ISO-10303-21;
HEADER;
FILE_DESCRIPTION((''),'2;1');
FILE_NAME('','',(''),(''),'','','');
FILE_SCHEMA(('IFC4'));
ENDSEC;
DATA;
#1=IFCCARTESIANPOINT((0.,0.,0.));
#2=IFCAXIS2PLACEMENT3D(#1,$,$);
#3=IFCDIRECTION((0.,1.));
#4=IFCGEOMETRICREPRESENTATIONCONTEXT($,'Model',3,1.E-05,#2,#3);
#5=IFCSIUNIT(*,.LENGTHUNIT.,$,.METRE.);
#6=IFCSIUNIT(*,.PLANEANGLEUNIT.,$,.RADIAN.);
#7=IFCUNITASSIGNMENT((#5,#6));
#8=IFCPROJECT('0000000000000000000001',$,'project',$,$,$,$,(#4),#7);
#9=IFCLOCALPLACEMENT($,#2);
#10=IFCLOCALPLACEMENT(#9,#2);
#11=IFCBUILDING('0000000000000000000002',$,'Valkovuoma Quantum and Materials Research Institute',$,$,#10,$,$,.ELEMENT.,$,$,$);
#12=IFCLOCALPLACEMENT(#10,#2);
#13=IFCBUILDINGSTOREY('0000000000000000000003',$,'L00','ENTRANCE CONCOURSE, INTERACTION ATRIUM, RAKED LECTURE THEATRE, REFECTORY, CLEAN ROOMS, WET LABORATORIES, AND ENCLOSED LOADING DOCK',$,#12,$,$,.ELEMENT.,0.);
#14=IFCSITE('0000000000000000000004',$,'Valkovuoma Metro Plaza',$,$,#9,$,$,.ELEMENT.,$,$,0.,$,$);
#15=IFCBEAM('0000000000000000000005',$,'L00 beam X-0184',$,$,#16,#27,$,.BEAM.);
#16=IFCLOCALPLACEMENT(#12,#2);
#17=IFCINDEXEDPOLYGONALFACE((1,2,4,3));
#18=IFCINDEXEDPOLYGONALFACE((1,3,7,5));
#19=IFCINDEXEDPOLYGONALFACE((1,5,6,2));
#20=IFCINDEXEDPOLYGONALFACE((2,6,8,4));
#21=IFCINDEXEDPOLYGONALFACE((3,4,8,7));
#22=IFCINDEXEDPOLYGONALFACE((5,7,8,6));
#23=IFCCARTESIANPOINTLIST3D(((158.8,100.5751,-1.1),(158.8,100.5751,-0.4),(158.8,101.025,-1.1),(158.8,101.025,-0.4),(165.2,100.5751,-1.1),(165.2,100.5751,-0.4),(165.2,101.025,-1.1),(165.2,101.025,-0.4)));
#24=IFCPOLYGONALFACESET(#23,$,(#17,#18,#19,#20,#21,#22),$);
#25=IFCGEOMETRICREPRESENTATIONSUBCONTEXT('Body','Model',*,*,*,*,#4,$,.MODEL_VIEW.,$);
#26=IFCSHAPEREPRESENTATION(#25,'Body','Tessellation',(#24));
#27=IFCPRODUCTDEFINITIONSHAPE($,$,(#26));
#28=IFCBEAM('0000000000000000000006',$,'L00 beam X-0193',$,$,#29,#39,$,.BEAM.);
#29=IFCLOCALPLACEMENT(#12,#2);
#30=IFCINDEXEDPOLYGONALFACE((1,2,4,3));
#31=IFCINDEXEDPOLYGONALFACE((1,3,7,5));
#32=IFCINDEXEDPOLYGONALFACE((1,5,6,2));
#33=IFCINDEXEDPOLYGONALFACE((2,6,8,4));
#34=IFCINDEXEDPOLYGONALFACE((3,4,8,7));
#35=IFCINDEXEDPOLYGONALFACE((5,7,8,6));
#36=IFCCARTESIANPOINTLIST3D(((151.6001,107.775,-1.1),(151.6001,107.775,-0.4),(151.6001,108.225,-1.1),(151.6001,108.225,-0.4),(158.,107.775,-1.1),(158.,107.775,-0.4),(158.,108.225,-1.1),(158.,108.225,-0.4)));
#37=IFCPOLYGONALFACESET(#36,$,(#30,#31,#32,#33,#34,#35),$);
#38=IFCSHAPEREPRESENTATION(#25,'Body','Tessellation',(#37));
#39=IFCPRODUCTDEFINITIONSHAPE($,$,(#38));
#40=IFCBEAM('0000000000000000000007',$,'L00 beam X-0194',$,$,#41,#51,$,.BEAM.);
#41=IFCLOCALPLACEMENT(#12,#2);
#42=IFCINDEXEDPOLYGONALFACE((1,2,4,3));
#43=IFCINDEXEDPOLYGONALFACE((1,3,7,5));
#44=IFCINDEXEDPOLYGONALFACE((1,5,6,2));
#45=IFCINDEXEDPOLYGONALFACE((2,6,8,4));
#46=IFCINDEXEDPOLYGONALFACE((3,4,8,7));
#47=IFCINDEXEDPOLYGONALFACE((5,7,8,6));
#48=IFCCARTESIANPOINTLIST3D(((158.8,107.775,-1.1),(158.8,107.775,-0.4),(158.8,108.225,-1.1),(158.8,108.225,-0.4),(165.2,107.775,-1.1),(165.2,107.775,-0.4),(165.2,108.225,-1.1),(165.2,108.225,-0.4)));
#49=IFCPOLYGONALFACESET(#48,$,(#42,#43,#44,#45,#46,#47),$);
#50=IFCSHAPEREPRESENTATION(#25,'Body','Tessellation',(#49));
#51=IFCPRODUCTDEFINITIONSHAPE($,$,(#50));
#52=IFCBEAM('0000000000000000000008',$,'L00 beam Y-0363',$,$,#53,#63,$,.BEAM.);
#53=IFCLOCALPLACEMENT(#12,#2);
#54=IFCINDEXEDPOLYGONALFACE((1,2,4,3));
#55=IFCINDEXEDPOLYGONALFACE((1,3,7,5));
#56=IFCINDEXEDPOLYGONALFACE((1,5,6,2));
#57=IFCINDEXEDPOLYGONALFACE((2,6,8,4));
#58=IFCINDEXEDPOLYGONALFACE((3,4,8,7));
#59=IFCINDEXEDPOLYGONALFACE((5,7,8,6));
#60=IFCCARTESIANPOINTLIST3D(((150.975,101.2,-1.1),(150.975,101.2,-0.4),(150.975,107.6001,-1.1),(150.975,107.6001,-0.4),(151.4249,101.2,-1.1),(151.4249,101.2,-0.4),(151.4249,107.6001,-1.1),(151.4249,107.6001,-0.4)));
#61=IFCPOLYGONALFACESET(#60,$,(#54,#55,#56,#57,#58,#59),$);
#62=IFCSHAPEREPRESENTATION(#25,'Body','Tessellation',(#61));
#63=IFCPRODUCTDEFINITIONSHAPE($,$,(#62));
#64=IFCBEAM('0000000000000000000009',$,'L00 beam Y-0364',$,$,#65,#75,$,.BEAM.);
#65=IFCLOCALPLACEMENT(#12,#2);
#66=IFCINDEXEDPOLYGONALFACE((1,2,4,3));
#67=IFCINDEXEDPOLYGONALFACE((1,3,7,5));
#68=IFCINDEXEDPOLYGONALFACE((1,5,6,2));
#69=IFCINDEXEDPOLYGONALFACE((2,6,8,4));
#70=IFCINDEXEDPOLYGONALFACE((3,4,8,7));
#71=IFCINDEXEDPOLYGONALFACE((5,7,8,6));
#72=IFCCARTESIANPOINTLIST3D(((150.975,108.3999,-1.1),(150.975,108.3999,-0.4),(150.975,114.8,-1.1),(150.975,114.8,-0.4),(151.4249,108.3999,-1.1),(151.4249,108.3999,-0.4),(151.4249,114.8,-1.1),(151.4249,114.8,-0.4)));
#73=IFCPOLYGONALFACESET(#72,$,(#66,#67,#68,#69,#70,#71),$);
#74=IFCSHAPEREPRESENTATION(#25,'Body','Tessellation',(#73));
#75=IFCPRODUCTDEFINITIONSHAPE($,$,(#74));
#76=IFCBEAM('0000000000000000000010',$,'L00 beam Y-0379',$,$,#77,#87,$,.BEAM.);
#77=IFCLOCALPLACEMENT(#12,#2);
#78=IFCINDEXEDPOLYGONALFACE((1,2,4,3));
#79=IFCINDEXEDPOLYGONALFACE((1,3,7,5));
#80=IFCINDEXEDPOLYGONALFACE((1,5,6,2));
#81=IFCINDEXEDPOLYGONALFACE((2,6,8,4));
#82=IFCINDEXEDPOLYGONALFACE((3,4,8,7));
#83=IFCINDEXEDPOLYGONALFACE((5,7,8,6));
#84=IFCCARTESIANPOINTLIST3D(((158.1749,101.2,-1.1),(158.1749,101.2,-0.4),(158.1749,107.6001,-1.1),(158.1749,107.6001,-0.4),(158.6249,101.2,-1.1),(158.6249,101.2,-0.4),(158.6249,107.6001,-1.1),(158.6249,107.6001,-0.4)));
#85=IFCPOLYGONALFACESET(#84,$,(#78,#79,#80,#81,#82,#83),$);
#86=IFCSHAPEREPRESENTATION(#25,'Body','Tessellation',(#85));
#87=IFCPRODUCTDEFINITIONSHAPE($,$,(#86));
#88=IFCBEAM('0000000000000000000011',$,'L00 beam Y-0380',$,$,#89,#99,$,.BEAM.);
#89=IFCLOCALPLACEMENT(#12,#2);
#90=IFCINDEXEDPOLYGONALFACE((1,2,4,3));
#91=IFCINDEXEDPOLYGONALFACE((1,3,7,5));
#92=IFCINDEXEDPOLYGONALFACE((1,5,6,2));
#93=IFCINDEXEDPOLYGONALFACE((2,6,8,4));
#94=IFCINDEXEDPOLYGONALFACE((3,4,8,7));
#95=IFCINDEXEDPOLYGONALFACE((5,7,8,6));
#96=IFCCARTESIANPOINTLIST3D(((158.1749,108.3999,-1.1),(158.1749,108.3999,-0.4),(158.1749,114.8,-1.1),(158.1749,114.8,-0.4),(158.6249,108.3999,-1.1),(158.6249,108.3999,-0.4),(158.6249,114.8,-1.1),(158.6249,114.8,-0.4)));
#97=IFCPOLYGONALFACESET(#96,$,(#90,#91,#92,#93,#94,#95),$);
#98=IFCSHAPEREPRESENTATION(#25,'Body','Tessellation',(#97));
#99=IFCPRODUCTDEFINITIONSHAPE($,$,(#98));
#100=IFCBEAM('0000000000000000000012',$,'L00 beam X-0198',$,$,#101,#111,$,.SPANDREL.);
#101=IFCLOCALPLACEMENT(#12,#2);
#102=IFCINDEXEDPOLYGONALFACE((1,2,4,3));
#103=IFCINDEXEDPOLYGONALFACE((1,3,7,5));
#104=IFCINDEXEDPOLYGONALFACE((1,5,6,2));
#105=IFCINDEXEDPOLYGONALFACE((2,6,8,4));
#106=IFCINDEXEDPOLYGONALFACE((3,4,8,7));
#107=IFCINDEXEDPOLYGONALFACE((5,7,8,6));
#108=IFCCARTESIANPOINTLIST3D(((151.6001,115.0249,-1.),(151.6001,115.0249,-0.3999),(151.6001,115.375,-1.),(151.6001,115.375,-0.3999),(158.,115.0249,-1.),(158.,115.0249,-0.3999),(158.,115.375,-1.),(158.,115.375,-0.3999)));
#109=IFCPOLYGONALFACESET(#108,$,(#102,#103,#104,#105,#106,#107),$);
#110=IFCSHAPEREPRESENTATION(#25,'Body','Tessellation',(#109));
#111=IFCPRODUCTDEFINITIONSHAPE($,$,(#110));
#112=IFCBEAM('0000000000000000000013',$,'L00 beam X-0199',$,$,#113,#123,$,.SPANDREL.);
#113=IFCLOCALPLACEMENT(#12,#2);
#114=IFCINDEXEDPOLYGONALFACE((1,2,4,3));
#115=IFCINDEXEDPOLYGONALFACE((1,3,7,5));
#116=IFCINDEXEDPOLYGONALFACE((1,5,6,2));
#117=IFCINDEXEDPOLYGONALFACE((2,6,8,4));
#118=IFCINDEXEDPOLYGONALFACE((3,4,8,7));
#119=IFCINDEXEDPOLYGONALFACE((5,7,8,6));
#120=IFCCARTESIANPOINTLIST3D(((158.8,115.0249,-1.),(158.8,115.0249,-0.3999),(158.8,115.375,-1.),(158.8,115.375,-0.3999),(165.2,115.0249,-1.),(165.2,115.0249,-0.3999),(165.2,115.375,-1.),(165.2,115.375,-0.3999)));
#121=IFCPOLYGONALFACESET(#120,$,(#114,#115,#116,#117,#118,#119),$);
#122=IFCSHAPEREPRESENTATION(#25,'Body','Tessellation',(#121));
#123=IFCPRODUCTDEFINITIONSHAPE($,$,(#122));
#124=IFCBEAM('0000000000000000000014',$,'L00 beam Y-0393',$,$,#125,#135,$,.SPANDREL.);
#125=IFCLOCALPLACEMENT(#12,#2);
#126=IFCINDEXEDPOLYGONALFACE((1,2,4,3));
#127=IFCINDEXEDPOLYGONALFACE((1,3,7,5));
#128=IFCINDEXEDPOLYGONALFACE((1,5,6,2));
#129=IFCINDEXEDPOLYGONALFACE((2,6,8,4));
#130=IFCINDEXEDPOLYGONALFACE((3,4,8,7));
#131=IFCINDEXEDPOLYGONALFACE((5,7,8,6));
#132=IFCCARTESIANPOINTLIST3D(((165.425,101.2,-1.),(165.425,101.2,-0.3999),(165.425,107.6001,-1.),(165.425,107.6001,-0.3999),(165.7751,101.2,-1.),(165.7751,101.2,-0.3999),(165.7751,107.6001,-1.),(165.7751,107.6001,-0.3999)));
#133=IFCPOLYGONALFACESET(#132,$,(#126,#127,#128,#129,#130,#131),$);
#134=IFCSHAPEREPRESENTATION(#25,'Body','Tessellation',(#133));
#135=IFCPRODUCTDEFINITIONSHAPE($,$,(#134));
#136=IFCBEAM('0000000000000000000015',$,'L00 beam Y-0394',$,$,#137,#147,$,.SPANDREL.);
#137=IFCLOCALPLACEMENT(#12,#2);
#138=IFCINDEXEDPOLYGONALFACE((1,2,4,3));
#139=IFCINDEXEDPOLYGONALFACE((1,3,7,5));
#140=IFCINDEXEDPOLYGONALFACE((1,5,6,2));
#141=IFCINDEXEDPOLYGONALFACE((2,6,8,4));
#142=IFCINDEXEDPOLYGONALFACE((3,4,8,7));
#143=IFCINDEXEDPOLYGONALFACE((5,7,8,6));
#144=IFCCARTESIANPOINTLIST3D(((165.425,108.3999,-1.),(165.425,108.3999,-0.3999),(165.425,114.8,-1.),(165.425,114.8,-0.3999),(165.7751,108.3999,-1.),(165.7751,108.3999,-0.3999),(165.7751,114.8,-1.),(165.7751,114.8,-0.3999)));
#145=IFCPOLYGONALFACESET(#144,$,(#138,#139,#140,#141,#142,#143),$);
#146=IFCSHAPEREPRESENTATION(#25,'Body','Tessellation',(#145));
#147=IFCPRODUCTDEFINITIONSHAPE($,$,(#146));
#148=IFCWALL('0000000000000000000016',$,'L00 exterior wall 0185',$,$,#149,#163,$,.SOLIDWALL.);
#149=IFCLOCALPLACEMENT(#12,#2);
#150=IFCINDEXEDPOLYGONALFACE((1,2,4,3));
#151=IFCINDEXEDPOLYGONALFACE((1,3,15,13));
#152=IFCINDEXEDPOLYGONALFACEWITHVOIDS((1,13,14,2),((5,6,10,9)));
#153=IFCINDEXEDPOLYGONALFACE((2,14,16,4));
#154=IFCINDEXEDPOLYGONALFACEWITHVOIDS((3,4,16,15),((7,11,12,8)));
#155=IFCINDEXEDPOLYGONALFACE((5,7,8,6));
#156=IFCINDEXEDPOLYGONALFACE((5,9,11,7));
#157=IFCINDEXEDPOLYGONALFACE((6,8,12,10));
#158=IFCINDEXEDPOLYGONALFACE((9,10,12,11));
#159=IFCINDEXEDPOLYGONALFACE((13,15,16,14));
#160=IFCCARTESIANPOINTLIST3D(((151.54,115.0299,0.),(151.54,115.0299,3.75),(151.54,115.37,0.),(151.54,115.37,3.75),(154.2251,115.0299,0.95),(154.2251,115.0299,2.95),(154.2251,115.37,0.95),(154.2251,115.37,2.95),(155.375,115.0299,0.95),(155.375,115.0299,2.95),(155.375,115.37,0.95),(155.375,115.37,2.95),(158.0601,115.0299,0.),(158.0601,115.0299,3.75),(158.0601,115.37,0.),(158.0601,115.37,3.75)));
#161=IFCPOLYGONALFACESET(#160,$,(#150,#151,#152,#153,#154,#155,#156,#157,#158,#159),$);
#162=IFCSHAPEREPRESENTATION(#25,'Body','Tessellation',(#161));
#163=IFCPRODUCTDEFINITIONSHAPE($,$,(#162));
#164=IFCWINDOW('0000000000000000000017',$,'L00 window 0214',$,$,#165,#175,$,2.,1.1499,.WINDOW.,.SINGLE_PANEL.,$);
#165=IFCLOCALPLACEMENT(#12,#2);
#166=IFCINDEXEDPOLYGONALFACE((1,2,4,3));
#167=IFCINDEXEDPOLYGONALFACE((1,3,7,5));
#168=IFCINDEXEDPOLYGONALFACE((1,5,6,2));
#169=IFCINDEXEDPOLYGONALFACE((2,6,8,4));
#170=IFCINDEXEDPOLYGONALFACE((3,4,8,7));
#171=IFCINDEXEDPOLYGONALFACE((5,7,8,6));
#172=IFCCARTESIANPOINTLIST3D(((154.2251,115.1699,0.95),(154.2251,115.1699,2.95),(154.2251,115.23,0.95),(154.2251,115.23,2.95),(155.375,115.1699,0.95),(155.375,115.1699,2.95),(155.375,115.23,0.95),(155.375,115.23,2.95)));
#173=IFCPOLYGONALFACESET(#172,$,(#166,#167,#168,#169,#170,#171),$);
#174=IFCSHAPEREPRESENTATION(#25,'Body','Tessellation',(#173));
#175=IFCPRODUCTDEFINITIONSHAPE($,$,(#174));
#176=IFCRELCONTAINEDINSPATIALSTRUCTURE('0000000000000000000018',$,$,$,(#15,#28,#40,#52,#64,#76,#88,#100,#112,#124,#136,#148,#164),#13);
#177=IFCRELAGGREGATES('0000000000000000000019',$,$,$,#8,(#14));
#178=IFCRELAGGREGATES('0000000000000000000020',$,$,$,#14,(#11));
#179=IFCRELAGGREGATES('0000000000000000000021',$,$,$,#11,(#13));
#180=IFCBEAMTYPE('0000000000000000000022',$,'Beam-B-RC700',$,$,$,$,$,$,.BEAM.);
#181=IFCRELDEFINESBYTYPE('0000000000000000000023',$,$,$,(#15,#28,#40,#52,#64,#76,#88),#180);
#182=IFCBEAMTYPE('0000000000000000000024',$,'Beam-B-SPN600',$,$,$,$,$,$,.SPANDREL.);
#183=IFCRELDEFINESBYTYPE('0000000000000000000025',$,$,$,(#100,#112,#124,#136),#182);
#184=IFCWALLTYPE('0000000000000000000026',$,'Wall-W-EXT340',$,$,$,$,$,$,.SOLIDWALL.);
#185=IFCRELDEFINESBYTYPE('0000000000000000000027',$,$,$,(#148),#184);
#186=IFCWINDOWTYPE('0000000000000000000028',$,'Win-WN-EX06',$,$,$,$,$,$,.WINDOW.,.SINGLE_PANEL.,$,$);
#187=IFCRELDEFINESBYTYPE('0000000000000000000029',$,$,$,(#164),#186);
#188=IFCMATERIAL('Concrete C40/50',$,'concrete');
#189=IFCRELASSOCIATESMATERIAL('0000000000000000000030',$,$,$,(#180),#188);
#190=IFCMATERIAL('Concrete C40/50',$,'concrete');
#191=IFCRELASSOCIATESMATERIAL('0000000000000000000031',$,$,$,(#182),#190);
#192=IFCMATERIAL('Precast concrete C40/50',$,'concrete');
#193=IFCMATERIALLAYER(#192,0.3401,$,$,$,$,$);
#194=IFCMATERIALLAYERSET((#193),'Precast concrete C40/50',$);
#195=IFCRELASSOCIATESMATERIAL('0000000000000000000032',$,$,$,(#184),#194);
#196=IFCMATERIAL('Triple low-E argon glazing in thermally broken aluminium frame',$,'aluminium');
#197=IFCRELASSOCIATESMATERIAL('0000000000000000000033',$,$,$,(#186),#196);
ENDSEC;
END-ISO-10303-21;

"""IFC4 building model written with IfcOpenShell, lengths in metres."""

from ifc_helpers import new_model, si_unit, direction, frame, frame_2d, origin, origin_2d, place, context, subcontext, project, spatial, rectangle, extrude, material, layer, layer_set, material_profile, profile_set, type_object, element, fill, save


model = new_model("IFC4")

# Units and contexts
model_context = context("Model", 3, precision=1e-05, world=origin(), true_north=direction((0.0, 1.0)))
body_context = subcontext(model_context, "Body", "Model", "MODEL_VIEW")
ifc_project = project(units=[si_unit("LENGTHUNIT", "METRE"), si_unit("PLANEANGLEUNIT", "RADIAN")], contexts=[model_context])

# Site, building, storey
site_placement = place(None, origin())
site = spatial("IfcSite", under=ifc_project, at=site_placement, Name="Valkovuoma Metro Plaza", CompositionType="ELEMENT", RefElevation=0.0)
building_placement = place(site_placement, origin())
building = spatial("IfcBuilding", under=site, at=building_placement, Name="Valkovuoma Quantum and Materials Research Institute", CompositionType="ELEMENT")
storey_placement = place(building_placement, origin())
storey = spatial("IfcBuildingStorey", under=building, at=storey_placement, Name="L00", Description="ENTRANCE CONCOURSE, INTERACTION ATRIUM, RAKED LECTURE THEATRE, REFECTORY, CLEAN ROOMS, WET LABORATORIES, AND ENCLOSED LOADING DOCK", CompositionType="ELEMENT", Elevation=0.0)

# Beams
ifc_material_1 = material(Name="Concrete C40/50", Category="concrete")
ifc_material_profile_1 = material_profile(ifc_material_1, rectangle(XDim=0.45, YDim=0.7, at=origin_2d()), Name="Concrete C40/50")
ifc_profile_set_1 = profile_set([ifc_material_profile_1], Name="Concrete C40/50")
beam_type_1 = type_object("IfcBeamType", Name="Beam-B-RC700", PredefinedType="BEAM", material=ifc_profile_set_1)
for number, where, z_axis, x_axis, name in (
    (1, (158.8, 100.8, -0.75), (1.0, 0.0, 0.0), (0.0, 1.0, 0.0), "L00 beam X-0184"),
    (2, (151.6001, 108.0, -0.75), (1.0, 0.0, 0.0), (0.0, 1.0, 0.0), "L00 beam X-0193"),
    (3, (158.8, 108.0, -0.75), (1.0, 0.0, 0.0), (0.0, 1.0, 0.0), "L00 beam X-0194"),
):
    element("IfcBeam", number, at=place(storey_placement, frame(where, z_axis=z_axis, x_axis=x_axis)), inside=storey, type_object=beam_type_1, Name=name, PredefinedType="BEAM", context=body_context, shape_type="SweptSolid", body=[
        extrude(rectangle(XDim=0.45, YDim=0.7, at=origin_2d()), origin(), (0.0, 0.0, 1.0), 6.3999),
    ])
for number, where, z_axis, x_axis, name in (
    (4, (151.2, 101.2, -0.75), (0.0, 1.0, 0.0), (-1.0, 0.0, 0.0), "L00 beam Y-0363"),
    (5, (151.2, 108.3999, -0.75), (0.0, 1.0, 0.0), (-1.0, 0.0, 0.0), "L00 beam Y-0364"),
    (6, (158.3999, 101.2, -0.75), (0.0, 1.0, 0.0), (-1.0, 0.0, 0.0), "L00 beam Y-0379"),
    (7, (158.3999, 108.3999, -0.75), (0.0, 1.0, 0.0), (-1.0, 0.0, 0.0), "L00 beam Y-0380"),
):
    element("IfcBeam", number, at=place(storey_placement, frame(where, z_axis=z_axis, x_axis=x_axis)), inside=storey, type_object=beam_type_1, Name=name, PredefinedType="BEAM", context=body_context, shape_type="SweptSolid", body=[
        extrude(rectangle(XDim=0.45, YDim=0.7, at=origin_2d()), origin(), (0.0, 0.0, 1.0), 6.4001),
    ])
ifc_material_2 = material(Name="Concrete C40/50", Category="concrete")
ifc_material_profile_2 = material_profile(ifc_material_2, rectangle(XDim=0.3501, YDim=0.6001, at=origin_2d()), Name="Concrete C40/50")
ifc_profile_set_2 = profile_set([ifc_material_profile_2], Name="Concrete C40/50")
beam_type_2 = type_object("IfcBeamType", Name="Beam-B-SPN600", PredefinedType="SPANDREL", material=ifc_profile_set_2)
for number, where, z_axis, x_axis, name in (
    (8, (151.6001, 115.2, -0.7), (1.0, 0.0, 0.0), (0.0, 1.0, 0.0), "L00 beam X-0198"),
    (9, (158.8, 115.2, -0.7), (1.0, 0.0, 0.0), (0.0, 1.0, 0.0), "L00 beam X-0199"),
):
    element("IfcBeam", number, at=place(storey_placement, frame(where, z_axis=z_axis, x_axis=x_axis)), inside=storey, type_object=beam_type_2, Name=name, PredefinedType="SPANDREL", context=body_context, shape_type="SweptSolid", body=[
        extrude(rectangle(XDim=0.3501, YDim=0.6001, at=origin_2d()), origin(), (0.0, 0.0, 1.0), 6.3999),
    ])
for number, where, z_axis, x_axis, name in (
    (10, (165.6001, 101.2, -0.7), (0.0, 1.0, 0.0), (-1.0, 0.0, 0.0), "L00 beam Y-0393"),
    (11, (165.6001, 108.3999, -0.7), (0.0, 1.0, 0.0), (-1.0, 0.0, 0.0), "L00 beam Y-0394"),
):
    element("IfcBeam", number, at=place(storey_placement, frame(where, z_axis=z_axis, x_axis=x_axis)), inside=storey, type_object=beam_type_2, Name=name, PredefinedType="SPANDREL", context=body_context, shape_type="SweptSolid", body=[
        extrude(rectangle(XDim=0.3501, YDim=0.6001, at=origin_2d()), origin(), (0.0, 0.0, 1.0), 6.4001),
    ])

# Wall, opening, window
ifc_material_3 = material(Name="Precast concrete C40/50", Category="concrete")
ifc_layer_1 = layer(ifc_material_3, 0.3401)
ifc_layer_set_1 = layer_set([ifc_layer_1], Name="Precast concrete C40/50")
wall_type_1 = type_object("IfcWallType", Name="Wall-W-EXT340", PredefinedType="SOLIDWALL", material=ifc_layer_set_1)
wall_1_placement = place(storey_placement, frame((151.54, 115.2, 0.0), z_axis=(0.0, 0.0, 1.0), x_axis=(1.0, 0.0, 0.0)))
wall_1 = element("IfcWall", 12, at=wall_1_placement, inside=storey, type_object=wall_type_1, Name="L00 exterior wall 0185", PredefinedType="SOLIDWALL", context=body_context, shape_type="SweptSolid", body=[
    extrude(rectangle(XDim=6.52, YDim=0.3401, at=frame_2d((3.26, 0.0))), origin(), (0.0, 0.0, 1.0), 3.75),
])
opening_1_placement = place(wall_1_placement, frame((2.6851, 0.0, 0.95)))
opening_1 = element("IfcOpeningElement", 13, at=opening_1_placement, cuts=wall_1, PredefinedType="OPENING", context=body_context, shape_type="SweptSolid", body=[
    extrude(rectangle(XDim=1.1499, YDim=2.0, at=frame_2d((0.575, 1.0))), frame((0.0, 0.1802, 0.0), z_axis=(0.0, -1.0, 0.0), x_axis=(1.0, 0.0, 0.0)), (0.0, 0.0, 1.0), 0.3601),
])
ifc_material_4 = material(Name="Triple low-E argon glazing in thermally broken aluminium frame", Category="aluminium")
window_type_1 = type_object("IfcWindowType", Name="Win-WN-EX06", PartitioningType="SINGLE_PANEL", PredefinedType="WINDOW", material=ifc_material_4)
window_1_placement = place(opening_1_placement, origin())
window_1 = element("IfcWindow", 14, at=window_1_placement, inside=storey, type_object=window_type_1, Name="L00 window 0214", OverallHeight=2.0, OverallWidth=1.1499, PartitioningType="SINGLE_PANEL", PredefinedType="WINDOW", context=body_context, shape_type="SweptSolid", body=[
    extrude(rectangle(XDim=1.1499, YDim=2.0, at=frame_2d((0.575, 1.0))), frame((0.0, 0.03, 0.0), z_axis=(0.0, -1.0, 0.0), x_axis=(1.0, 0.0, 0.0)), (0.0, 0.0, 1.0), 0.0601),
])
fill(opening_1, window_1)

save(model, "model.ifc")
